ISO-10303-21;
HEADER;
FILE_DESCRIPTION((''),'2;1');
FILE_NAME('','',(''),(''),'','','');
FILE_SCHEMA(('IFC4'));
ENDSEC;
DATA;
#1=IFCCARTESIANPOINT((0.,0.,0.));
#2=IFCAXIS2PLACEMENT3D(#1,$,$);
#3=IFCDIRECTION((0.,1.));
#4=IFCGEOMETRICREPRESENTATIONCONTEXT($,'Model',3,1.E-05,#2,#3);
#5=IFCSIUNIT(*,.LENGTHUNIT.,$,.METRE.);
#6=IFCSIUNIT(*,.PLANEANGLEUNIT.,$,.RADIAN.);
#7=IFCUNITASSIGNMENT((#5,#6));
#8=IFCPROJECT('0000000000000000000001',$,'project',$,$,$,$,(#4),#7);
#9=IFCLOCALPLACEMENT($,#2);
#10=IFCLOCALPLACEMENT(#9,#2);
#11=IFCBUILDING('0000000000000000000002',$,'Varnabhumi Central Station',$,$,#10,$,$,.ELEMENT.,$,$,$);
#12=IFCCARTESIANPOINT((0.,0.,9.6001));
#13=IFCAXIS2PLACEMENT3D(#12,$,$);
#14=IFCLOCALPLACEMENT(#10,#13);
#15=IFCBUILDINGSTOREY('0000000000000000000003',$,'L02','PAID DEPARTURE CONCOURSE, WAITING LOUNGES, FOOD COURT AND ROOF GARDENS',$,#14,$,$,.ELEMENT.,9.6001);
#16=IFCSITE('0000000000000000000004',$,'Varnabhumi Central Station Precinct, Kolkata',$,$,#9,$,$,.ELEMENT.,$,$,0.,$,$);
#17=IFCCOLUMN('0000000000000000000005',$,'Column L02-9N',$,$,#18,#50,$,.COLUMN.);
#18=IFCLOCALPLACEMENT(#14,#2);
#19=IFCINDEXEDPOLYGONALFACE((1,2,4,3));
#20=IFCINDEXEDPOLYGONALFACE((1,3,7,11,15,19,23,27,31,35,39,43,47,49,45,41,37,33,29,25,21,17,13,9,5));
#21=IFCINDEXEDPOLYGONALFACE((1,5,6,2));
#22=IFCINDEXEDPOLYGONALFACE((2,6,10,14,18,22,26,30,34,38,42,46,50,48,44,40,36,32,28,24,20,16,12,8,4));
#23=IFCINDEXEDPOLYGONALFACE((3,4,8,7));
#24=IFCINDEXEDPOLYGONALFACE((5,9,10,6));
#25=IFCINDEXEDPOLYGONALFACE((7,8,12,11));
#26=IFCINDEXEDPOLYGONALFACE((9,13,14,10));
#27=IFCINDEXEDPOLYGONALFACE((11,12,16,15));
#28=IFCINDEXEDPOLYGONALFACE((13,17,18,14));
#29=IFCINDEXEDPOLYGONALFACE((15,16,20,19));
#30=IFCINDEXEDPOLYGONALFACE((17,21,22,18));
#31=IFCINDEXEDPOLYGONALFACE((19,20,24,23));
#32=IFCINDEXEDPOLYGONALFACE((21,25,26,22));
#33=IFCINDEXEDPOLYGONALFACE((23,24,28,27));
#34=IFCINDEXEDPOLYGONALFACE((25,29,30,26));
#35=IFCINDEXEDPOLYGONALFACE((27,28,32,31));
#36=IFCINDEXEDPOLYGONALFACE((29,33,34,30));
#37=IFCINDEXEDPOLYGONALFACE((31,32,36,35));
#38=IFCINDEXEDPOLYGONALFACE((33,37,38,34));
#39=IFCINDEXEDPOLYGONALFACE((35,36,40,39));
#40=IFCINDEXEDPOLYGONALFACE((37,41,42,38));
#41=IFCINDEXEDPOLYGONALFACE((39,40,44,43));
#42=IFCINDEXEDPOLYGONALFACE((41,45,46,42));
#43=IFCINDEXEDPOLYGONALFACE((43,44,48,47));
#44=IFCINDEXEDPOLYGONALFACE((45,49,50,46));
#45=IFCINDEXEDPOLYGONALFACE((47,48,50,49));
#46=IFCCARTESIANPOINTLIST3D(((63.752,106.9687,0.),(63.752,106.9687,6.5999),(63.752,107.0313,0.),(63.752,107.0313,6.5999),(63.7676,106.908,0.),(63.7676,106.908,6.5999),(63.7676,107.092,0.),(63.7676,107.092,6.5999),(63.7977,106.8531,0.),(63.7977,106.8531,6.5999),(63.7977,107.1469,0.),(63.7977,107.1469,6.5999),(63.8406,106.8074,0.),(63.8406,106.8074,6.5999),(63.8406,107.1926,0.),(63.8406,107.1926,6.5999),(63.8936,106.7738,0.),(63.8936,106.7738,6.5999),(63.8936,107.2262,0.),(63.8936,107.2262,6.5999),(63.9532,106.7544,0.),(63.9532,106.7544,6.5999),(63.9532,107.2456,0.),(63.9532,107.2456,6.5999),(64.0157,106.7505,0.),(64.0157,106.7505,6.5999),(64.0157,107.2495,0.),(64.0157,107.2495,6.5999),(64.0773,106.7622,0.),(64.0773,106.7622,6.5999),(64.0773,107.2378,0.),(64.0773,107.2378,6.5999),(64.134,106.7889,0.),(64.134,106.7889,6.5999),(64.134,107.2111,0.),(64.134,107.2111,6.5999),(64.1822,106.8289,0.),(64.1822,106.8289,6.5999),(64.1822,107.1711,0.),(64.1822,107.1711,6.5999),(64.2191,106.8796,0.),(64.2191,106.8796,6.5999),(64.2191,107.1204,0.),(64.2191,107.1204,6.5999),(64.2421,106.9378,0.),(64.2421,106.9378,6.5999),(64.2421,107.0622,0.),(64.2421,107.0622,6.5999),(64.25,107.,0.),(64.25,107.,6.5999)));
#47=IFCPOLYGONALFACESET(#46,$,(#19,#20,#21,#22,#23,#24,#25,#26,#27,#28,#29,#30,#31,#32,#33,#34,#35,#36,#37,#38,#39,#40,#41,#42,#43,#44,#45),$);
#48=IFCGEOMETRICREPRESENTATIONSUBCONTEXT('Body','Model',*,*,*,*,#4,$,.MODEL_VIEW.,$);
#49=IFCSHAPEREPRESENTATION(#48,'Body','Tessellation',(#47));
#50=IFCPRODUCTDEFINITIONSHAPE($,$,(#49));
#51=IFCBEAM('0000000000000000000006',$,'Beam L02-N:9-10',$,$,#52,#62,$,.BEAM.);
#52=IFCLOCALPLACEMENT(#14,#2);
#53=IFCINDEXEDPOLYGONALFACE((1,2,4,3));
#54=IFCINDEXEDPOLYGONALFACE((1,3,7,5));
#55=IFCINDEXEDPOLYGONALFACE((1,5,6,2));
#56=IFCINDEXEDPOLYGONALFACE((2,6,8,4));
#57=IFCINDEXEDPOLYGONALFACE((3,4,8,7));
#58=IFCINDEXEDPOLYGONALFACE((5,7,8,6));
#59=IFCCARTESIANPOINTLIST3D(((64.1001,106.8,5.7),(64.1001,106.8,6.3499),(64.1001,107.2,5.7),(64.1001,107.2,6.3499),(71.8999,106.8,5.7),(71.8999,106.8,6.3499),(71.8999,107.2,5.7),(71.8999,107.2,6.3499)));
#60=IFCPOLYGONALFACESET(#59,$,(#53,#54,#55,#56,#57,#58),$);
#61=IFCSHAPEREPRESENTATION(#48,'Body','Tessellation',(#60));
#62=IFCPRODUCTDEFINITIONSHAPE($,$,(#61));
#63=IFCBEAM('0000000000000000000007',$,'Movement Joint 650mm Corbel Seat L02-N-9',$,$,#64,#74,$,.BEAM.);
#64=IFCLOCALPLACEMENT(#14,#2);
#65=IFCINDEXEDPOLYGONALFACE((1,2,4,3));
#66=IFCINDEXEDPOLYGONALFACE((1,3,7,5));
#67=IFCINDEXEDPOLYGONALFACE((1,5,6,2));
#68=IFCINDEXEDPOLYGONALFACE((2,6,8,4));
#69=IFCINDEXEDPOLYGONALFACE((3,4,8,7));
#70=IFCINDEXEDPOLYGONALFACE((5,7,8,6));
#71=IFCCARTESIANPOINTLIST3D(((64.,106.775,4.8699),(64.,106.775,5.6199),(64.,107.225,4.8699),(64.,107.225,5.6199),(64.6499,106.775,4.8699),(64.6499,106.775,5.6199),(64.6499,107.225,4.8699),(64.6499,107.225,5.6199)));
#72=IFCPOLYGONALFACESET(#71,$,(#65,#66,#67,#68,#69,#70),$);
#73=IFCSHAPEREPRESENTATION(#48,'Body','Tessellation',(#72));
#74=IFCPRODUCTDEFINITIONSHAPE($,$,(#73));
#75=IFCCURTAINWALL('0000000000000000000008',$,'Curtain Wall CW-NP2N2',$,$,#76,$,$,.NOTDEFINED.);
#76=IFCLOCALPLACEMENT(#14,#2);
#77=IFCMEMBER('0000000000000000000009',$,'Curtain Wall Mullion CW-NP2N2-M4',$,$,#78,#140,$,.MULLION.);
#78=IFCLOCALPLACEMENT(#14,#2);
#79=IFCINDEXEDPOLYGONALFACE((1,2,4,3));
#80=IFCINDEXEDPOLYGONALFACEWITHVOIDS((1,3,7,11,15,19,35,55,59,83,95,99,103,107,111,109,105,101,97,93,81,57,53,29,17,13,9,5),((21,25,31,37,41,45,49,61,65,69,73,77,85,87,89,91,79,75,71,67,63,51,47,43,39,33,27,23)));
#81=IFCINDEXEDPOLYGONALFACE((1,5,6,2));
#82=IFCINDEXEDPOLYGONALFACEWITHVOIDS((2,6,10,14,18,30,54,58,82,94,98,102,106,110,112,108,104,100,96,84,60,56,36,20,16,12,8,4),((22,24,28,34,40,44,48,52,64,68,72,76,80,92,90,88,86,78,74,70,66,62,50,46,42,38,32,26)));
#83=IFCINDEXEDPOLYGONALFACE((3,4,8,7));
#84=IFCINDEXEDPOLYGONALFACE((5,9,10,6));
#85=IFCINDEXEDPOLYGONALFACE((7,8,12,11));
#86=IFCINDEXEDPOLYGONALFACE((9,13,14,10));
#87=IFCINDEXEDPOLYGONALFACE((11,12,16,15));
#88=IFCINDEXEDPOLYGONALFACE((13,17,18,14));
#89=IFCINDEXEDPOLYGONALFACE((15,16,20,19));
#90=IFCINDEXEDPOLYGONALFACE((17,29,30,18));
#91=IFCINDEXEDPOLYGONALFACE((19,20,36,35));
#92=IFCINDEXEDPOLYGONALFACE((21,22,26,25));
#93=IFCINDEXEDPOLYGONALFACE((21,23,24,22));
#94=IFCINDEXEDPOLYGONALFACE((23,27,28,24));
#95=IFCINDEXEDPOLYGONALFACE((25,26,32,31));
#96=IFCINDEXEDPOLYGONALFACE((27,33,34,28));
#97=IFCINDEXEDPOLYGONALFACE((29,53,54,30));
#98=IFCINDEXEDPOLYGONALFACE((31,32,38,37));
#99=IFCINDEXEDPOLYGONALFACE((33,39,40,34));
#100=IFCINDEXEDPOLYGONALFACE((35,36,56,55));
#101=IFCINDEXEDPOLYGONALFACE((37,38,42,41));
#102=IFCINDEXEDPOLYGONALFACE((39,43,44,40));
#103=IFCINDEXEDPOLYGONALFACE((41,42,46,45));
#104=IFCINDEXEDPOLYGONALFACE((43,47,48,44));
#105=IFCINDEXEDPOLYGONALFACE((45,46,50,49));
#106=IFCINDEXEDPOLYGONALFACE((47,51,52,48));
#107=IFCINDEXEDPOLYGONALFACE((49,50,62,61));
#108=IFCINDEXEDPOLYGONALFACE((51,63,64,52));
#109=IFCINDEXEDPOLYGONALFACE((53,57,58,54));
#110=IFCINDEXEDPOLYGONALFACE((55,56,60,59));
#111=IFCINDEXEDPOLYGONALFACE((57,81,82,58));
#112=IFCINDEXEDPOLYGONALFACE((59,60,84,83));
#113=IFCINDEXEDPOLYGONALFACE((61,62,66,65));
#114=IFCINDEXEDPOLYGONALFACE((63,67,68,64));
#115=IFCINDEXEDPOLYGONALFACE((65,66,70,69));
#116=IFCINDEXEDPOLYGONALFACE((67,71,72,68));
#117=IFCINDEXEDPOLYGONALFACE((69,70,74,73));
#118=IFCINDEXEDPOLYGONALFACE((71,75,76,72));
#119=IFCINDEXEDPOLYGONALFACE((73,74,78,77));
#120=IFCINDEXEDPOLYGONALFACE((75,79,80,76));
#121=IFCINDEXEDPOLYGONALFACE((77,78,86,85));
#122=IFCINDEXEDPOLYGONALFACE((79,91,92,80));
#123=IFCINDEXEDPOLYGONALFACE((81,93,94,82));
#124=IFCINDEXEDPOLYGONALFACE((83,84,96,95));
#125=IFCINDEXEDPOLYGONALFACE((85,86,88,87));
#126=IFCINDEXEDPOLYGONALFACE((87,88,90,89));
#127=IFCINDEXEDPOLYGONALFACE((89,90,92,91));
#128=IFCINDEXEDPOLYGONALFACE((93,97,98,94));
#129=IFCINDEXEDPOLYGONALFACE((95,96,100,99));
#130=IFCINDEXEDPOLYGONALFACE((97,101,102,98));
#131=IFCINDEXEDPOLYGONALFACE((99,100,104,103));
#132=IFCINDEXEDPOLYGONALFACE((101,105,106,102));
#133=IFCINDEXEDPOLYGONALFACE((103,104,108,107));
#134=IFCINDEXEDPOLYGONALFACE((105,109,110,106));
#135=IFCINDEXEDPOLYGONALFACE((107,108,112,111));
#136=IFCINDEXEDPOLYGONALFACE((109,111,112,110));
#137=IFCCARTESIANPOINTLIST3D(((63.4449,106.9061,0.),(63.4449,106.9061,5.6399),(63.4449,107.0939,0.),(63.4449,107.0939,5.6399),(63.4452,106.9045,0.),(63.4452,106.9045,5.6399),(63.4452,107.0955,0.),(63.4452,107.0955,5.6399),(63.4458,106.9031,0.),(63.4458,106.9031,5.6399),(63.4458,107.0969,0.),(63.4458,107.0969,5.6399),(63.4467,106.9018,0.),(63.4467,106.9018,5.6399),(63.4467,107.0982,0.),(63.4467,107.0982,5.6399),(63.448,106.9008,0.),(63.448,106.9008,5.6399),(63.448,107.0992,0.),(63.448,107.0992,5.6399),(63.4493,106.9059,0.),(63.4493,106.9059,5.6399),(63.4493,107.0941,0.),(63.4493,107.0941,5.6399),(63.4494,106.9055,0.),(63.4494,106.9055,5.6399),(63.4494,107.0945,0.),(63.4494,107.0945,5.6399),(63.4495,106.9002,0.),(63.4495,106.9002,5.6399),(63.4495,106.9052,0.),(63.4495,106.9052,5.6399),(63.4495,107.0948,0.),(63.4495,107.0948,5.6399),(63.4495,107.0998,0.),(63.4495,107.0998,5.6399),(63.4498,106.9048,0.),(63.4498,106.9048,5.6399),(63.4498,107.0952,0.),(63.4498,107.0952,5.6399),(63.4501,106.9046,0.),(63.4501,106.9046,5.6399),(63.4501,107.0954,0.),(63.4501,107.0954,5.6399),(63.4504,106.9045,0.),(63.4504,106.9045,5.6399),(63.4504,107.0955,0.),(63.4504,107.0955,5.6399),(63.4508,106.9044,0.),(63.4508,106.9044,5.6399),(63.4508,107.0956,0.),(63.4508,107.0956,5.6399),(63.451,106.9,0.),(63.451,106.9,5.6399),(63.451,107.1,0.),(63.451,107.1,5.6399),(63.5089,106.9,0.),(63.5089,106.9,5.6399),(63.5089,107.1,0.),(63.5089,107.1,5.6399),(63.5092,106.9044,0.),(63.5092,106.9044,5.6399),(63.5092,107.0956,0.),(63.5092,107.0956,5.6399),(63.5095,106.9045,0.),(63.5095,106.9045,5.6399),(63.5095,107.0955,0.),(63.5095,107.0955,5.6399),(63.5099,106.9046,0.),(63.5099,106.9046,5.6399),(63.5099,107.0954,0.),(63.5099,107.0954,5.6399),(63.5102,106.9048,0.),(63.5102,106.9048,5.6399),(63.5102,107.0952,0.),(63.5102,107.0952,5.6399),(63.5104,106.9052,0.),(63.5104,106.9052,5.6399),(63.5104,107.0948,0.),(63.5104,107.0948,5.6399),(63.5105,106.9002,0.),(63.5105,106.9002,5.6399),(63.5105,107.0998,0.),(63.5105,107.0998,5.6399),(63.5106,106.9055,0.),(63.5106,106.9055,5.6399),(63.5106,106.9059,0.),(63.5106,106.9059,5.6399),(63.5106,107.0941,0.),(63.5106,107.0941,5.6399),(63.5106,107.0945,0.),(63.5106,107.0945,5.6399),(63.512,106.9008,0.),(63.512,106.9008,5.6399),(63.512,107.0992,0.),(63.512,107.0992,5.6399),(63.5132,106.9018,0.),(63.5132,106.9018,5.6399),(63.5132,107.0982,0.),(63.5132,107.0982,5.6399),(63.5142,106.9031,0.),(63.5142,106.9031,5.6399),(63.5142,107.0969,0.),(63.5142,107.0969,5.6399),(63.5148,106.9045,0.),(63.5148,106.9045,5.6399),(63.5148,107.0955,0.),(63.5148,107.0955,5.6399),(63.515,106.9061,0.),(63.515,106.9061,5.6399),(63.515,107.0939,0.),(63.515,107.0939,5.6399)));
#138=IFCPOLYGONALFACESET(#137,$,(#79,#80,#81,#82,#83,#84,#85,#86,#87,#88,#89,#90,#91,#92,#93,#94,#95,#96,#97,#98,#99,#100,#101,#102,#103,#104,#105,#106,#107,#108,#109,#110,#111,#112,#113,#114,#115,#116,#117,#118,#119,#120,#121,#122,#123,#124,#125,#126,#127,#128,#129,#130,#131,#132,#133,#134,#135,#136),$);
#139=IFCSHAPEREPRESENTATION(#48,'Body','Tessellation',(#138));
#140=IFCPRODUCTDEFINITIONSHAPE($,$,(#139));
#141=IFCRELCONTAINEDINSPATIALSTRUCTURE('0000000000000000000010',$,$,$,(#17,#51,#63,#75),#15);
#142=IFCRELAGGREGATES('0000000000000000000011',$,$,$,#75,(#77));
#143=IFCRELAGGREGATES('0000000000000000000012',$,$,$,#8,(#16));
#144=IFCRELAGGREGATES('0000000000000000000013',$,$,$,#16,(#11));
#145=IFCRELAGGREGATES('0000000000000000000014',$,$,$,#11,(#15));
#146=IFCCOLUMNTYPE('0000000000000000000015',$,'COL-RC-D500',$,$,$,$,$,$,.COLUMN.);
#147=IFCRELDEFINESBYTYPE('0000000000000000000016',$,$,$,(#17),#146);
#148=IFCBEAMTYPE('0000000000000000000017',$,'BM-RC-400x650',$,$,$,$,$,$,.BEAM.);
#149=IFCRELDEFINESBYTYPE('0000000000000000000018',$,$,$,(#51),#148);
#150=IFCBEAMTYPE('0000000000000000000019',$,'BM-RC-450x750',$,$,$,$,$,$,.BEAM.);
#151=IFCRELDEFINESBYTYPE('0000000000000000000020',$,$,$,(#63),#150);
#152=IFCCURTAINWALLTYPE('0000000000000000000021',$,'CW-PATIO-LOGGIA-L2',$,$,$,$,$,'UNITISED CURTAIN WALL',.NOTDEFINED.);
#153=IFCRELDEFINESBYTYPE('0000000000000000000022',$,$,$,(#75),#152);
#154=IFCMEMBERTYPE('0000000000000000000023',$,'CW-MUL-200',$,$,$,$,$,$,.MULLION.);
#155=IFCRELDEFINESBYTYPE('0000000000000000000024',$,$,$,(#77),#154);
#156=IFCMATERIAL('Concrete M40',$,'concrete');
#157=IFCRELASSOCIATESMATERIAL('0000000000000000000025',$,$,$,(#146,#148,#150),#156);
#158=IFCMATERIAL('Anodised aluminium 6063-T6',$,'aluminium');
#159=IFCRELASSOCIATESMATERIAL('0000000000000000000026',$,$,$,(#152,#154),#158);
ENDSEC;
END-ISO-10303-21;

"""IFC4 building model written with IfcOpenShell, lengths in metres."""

from ifc_helpers import new_model, si_unit, direction, frame, origin, origin_2d, place, context, subcontext, project, spatial, rectangle, hollow_rectangle, circle, extrude, material, material_profile, profile_set, type_object, element, aggregate, save


model = new_model("IFC4")

# Units and contexts
model_context = context("Model", 3, precision=1e-05, world=origin(), true_north=direction((0.0, 1.0)))
body_context = subcontext(model_context, "Body", "Model", "MODEL_VIEW")
ifc_project = project(units=[si_unit("LENGTHUNIT", "METRE"), si_unit("PLANEANGLEUNIT", "RADIAN")], contexts=[model_context])

# Site, building, storey
site_placement = place(None, origin())
site = spatial("IfcSite", under=ifc_project, at=site_placement, Name="Varnabhumi Central Station Precinct, Kolkata", CompositionType="ELEMENT", RefElevation=0.0)
building_placement = place(site_placement, origin())
building = spatial("IfcBuilding", under=site, at=building_placement, Name="Varnabhumi Central Station", CompositionType="ELEMENT")
storey_placement = place(building_placement, frame((0.0, 0.0, 9.6001)))
storey = spatial("IfcBuildingStorey", under=building, at=storey_placement, Name="L02", Description="PAID DEPARTURE CONCOURSE, WAITING LOUNGES, FOOD COURT AND ROOF GARDENS", CompositionType="ELEMENT", Elevation=9.6001)

# Column
ifc_material_1 = material(Name="Concrete M40", Category="concrete")
ifc_material_profile_1 = material_profile(ifc_material_1, circle(Radius=0.25, at=origin_2d()), Name="Concrete M40", Category="concrete")
ifc_profile_set_1 = profile_set([ifc_material_profile_1], Name="Concrete M40")
column_type = type_object("IfcColumnType", Name="COL-RC-D500", PredefinedType="COLUMN", material=ifc_profile_set_1)
column_placement = place(storey_placement, frame((64.0, 107.0, 0.0), z_axis=(0.0, 0.0, 1.0), x_axis=(1.0, 0.0, 0.0)))
element("IfcColumn", 1, at=column_placement, inside=storey, type_object=column_type, Name="Column L02-9N", PredefinedType="COLUMN", context=body_context, shape_type="SweptSolid", body=[
    extrude(circle(Radius=0.25, at=origin_2d()), origin(), (0.0, 0.0, 1.0), 6.5999),
])

# Beams
ifc_material_profile_2 = material_profile(ifc_material_1, rectangle(XDim=0.3999, YDim=0.6499, at=origin_2d()), Name="Concrete M40", Category="concrete")
ifc_profile_set_2 = profile_set([ifc_material_profile_2], Name="Concrete M40")
beam_type_1 = type_object("IfcBeamType", Name="BM-RC-400x650", PredefinedType="BEAM", material=ifc_profile_set_2)
beam_1_placement = place(storey_placement, frame((64.1001, 107.0, 6.0249), z_axis=(1.0, 0.0, 0.0), x_axis=(0.0, 1.0, 0.0)))
element("IfcBeam", 2, at=beam_1_placement, inside=storey, type_object=beam_type_1, Name="Beam L02-N:9-10", PredefinedType="BEAM", context=body_context, shape_type="SweptSolid", body=[
    extrude(rectangle(XDim=0.3999, YDim=0.6499, at=origin_2d()), origin(), (0.0, 0.0, 1.0), 7.7998),
])
ifc_material_profile_3 = material_profile(ifc_material_1, rectangle(XDim=0.45, YDim=0.75, at=origin_2d()), Name="Concrete M40", Category="concrete")
ifc_profile_set_3 = profile_set([ifc_material_profile_3], Name="Concrete M40")
beam_type_2 = type_object("IfcBeamType", Name="BM-RC-450x750", PredefinedType="BEAM", material=ifc_profile_set_3)
beam_2_placement = place(storey_placement, frame((64.0, 107.0, 5.2449), z_axis=(1.0, 0.0, 0.0), x_axis=(0.0, 1.0, 0.0)))
element("IfcBeam", 3, at=beam_2_placement, inside=storey, type_object=beam_type_2, Name="Movement Joint 650mm Corbel Seat L02-N-9", PredefinedType="BEAM", context=body_context, shape_type="SweptSolid", body=[
    extrude(rectangle(XDim=0.45, YDim=0.75, at=origin_2d()), origin(), (0.0, 0.0, 1.0), 0.6499),
])

# Curtain wall, member
ifc_material_2 = material(Name="Anodised aluminium 6063-T6", Category="aluminium")
curtain_wall_type = type_object("IfcCurtainWallType", Name="CW-PATIO-LOGGIA-L2", ElementType="UNITISED CURTAIN WALL", PredefinedType="NOTDEFINED", material=ifc_material_2)
curtain_wall_1_placement = place(storey_placement, origin())
curtain_wall_1 = element("IfcCurtainWall", 4, at=curtain_wall_1_placement, inside=storey, type_object=curtain_wall_type, Name="Curtain Wall CW-NP2N2", PredefinedType="NOTDEFINED")
ifc_material_profile_4 = material_profile(ifc_material_2, hollow_rectangle(XDim=0.0701, YDim=0.2, WallThickness=0.0044, InnerFilletRadius=0.0015, OuterFilletRadius=0.0061, at=origin_2d()), Name="Anodised aluminium 6063-T6", Category="aluminium")
ifc_profile_set_4 = profile_set([ifc_material_profile_4], Name="Anodised aluminium 6063-T6")
member_type_1 = type_object("IfcMemberType", Name="CW-MUL-200", PredefinedType="MULLION", material=ifc_profile_set_4)
member_1_placement = place(storey_placement, frame((63.48, 107.0, 0.0), z_axis=(0.0, 0.0, 1.0), x_axis=(1.0, 0.0, 0.0)))
member_1 = element("IfcMember", 5, at=member_1_placement, type_object=member_type_1, Name="Curtain Wall Mullion CW-NP2N2-M4", PredefinedType="MULLION", context=body_context, shape_type="SweptSolid", body=[
    extrude(hollow_rectangle(XDim=0.0701, YDim=0.2, WallThickness=0.0044, InnerFilletRadius=0.0015, OuterFilletRadius=0.0061, at=origin_2d()), origin(), (0.0, 0.0, 1.0), 5.6399),
])

aggregate(curtain_wall_1, [member_1])

save(model, "model.ifc")
